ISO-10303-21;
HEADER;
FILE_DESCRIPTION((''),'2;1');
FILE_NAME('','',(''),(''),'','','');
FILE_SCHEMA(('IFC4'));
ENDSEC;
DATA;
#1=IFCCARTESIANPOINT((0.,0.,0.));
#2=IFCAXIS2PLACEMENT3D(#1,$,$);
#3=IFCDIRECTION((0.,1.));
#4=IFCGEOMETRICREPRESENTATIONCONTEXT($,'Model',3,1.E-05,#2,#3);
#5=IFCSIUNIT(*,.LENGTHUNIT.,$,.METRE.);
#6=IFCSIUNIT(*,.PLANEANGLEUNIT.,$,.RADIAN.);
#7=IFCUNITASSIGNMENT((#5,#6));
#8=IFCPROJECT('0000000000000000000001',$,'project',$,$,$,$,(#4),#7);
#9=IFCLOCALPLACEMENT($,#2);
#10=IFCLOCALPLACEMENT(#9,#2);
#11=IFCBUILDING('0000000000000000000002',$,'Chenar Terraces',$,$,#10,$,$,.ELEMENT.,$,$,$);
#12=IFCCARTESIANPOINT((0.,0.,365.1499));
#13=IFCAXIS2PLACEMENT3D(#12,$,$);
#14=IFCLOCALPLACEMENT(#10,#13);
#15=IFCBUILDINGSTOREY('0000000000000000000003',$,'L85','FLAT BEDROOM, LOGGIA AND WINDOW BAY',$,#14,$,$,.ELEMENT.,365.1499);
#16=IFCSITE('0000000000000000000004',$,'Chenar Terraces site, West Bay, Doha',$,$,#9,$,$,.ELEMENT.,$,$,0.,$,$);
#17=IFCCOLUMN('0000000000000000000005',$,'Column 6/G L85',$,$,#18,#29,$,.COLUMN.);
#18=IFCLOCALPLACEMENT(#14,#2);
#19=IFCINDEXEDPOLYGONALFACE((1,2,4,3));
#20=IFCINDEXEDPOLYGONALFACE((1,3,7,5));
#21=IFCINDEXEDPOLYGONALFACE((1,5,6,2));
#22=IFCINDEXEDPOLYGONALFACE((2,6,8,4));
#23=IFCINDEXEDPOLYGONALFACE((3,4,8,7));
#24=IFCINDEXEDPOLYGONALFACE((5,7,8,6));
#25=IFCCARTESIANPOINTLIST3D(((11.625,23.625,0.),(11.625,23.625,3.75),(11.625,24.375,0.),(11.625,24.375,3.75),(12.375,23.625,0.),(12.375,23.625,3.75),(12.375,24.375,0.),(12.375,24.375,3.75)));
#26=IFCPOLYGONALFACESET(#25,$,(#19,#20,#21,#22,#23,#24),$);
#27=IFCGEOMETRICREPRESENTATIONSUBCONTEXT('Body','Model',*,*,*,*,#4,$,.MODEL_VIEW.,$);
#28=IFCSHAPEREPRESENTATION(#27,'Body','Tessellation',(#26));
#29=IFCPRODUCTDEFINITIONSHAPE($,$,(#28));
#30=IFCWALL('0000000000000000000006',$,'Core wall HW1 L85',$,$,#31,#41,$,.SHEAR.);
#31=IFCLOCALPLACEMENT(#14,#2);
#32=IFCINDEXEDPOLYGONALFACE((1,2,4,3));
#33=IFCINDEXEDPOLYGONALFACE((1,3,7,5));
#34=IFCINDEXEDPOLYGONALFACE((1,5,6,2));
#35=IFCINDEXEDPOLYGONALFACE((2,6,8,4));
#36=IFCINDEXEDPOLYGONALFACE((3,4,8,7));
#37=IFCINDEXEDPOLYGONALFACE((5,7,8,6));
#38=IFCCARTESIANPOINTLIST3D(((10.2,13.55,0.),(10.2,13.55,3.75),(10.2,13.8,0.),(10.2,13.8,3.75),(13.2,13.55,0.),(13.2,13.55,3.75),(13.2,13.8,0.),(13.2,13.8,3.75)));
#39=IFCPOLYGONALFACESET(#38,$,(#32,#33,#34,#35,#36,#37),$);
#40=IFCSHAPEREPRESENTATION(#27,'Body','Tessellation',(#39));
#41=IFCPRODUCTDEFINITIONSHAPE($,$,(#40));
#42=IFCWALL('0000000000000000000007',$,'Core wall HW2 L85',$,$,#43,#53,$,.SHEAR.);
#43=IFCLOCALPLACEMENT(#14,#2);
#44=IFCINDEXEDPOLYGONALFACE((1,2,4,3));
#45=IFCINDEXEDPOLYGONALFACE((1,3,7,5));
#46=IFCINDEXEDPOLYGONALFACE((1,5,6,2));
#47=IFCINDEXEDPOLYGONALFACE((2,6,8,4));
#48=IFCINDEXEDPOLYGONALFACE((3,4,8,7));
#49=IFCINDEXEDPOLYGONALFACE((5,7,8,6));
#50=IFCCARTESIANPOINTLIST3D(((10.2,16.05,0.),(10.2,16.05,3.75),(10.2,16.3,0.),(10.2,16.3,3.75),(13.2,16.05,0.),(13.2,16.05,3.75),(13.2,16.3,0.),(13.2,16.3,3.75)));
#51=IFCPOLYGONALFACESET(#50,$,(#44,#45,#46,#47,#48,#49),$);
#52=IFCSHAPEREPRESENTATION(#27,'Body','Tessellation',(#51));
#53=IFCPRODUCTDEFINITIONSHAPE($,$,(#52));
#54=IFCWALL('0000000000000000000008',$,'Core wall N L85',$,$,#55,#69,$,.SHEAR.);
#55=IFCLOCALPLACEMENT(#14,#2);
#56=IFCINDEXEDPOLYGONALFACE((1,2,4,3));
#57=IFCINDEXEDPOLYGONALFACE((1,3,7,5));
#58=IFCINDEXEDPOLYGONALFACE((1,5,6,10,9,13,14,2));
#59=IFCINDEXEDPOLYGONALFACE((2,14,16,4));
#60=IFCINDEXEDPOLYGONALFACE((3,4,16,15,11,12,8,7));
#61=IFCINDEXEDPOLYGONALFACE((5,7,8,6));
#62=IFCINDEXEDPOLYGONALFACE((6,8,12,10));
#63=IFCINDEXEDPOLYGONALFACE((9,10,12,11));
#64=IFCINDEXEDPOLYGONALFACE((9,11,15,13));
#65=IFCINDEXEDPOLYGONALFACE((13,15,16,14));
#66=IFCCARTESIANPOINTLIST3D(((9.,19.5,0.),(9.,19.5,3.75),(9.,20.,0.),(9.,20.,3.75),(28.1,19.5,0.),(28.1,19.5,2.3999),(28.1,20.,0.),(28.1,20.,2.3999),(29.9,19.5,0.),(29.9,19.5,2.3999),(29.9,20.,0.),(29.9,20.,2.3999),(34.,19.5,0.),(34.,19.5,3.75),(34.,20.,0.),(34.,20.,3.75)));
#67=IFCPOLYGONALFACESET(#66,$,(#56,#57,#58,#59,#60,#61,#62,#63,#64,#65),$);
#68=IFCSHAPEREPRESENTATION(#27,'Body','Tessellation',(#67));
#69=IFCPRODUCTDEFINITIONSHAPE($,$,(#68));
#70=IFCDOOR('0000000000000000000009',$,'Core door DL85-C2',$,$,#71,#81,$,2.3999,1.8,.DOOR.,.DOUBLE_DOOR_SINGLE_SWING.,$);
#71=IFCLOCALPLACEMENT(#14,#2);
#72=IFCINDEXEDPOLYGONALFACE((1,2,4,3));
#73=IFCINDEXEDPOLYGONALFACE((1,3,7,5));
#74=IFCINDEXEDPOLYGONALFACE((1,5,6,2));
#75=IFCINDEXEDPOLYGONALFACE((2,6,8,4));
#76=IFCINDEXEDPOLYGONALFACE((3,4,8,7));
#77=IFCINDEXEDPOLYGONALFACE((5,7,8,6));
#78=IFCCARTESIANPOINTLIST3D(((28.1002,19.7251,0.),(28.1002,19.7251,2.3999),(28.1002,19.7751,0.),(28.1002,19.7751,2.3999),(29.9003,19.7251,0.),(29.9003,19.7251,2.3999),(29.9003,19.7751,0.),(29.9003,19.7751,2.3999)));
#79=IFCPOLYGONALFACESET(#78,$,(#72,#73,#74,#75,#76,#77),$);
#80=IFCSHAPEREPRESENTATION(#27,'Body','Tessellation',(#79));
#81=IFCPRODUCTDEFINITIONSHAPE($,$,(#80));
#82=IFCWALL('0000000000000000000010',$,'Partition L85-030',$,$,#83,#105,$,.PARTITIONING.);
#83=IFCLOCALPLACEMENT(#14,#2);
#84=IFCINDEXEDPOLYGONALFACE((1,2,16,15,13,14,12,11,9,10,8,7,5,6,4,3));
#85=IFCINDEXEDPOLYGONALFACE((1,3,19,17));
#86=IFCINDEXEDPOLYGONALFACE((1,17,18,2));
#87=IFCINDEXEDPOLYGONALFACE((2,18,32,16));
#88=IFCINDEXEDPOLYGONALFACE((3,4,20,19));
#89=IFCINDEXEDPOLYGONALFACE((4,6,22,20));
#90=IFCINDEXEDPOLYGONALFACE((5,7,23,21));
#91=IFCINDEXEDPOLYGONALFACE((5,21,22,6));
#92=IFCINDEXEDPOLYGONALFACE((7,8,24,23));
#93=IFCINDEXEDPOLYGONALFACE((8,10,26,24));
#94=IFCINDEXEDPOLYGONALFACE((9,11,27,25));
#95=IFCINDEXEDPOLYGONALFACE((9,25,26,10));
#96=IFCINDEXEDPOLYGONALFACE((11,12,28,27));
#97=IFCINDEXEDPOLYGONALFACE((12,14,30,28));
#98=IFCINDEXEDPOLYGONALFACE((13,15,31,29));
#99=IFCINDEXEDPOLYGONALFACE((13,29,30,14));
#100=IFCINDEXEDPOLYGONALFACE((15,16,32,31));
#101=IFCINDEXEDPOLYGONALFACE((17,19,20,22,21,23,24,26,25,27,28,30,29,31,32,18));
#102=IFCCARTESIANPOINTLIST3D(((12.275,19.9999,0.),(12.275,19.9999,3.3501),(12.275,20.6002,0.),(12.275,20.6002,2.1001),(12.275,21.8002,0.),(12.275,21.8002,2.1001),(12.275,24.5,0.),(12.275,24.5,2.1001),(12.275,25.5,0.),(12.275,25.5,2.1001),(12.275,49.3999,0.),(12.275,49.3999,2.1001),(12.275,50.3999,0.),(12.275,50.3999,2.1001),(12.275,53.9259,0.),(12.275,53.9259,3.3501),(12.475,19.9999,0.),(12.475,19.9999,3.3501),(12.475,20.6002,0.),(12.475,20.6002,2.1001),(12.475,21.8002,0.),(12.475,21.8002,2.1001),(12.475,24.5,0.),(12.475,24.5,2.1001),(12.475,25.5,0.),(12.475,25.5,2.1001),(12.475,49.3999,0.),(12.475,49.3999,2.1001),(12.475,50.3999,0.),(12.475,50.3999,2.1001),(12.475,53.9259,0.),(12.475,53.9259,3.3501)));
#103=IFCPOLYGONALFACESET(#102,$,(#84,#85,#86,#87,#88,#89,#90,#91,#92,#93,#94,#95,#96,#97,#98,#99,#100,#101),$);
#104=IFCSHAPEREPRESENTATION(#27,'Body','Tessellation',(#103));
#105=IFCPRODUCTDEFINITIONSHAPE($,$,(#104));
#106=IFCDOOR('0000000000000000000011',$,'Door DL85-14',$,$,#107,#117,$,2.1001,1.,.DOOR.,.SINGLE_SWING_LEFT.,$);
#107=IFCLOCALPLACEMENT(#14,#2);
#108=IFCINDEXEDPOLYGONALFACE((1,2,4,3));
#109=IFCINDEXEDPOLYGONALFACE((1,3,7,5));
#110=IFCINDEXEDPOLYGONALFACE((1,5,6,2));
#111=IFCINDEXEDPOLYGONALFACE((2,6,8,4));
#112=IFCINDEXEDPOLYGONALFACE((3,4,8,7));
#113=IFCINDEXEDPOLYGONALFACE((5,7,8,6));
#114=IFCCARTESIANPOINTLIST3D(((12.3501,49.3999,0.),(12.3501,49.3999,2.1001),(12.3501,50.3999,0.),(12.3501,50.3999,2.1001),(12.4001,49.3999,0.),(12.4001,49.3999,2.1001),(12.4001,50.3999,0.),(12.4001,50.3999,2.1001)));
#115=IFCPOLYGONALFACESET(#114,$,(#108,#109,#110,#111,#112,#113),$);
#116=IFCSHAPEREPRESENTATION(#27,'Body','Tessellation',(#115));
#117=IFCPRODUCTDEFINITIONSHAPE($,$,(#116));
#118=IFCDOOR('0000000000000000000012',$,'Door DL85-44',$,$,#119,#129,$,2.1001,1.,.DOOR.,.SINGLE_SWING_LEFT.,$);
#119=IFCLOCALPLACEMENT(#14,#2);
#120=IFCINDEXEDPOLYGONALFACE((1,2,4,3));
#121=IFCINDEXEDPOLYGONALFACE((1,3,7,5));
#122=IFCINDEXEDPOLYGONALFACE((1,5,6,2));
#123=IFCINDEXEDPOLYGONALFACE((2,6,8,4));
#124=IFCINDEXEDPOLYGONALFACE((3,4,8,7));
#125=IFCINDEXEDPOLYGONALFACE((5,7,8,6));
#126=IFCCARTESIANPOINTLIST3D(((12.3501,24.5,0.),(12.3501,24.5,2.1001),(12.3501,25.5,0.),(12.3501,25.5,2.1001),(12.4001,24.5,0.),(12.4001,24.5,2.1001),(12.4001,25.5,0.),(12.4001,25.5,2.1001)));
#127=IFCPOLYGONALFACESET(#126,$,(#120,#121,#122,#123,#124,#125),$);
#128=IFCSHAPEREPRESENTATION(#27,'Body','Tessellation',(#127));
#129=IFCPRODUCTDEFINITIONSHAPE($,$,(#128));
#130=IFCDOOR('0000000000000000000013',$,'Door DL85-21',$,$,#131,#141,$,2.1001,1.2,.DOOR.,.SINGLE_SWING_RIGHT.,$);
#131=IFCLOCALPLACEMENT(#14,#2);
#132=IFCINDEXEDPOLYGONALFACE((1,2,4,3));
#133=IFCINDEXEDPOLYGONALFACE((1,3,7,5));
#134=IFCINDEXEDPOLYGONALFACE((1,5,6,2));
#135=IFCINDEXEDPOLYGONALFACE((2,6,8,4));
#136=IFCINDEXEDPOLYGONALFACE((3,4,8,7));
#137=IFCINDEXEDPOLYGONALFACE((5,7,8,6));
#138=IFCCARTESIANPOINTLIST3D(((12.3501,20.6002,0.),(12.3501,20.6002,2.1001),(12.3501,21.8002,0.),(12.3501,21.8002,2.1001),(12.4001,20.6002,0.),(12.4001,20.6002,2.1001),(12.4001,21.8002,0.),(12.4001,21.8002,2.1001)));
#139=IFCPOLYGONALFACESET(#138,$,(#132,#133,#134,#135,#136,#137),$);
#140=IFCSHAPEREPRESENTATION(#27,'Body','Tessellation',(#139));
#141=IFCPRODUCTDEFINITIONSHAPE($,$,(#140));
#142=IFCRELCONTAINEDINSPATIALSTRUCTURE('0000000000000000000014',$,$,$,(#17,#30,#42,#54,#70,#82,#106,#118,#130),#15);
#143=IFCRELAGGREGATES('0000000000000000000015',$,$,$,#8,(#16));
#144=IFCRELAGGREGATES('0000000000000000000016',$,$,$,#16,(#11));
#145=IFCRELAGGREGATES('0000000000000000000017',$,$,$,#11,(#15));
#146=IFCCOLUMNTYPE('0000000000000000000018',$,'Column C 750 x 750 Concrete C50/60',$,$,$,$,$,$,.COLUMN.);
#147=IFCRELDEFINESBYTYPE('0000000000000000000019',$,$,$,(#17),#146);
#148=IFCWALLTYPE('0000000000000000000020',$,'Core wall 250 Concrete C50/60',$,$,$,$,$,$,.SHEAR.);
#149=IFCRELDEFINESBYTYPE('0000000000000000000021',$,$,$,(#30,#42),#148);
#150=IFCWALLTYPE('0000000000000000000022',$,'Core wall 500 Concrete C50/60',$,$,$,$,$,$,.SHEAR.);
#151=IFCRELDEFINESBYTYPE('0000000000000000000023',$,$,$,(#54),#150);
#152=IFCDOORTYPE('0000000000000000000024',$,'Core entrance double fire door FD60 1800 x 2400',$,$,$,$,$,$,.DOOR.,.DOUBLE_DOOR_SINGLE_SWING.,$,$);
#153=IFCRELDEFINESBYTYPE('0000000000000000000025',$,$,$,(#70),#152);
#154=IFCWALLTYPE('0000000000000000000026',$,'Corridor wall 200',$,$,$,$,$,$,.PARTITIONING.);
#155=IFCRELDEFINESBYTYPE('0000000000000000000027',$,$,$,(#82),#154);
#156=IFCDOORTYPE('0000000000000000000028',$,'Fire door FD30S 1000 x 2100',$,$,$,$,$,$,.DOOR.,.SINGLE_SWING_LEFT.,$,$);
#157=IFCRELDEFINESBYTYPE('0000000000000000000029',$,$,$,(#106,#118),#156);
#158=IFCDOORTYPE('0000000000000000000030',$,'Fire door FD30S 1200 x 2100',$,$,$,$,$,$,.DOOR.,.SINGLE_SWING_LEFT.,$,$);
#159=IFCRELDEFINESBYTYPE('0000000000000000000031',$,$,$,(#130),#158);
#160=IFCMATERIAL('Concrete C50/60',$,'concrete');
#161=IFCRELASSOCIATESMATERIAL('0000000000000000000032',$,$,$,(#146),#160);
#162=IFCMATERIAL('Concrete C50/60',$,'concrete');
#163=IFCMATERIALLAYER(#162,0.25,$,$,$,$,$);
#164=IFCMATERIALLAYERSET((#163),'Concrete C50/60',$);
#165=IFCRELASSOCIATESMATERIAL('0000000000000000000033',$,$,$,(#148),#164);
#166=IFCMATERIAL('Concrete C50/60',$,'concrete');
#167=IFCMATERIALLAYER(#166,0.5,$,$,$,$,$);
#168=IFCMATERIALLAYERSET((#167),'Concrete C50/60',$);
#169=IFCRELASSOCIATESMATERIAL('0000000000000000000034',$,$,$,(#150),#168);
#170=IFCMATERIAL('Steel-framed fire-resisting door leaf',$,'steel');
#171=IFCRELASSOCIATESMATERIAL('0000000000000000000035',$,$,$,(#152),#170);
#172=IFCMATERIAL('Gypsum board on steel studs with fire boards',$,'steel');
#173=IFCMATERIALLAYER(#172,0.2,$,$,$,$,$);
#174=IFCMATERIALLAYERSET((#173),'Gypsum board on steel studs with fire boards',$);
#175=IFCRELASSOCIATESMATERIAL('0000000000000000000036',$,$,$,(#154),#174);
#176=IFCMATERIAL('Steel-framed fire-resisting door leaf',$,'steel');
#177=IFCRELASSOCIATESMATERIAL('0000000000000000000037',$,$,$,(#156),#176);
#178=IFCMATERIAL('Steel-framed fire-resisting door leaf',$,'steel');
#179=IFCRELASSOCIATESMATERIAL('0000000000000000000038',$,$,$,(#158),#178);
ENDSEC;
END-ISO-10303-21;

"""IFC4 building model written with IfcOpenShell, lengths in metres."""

from ifc_helpers import new_model, si_unit, direction, frame, frame_2d, origin, origin_2d, place, context, subcontext, project, spatial, rectangle, extrude, material, layer, layer_set, material_profile, profile_set, type_object, element, fill, save


model = new_model("IFC4")

# Units and contexts
model_context = context("Model", 3, precision=1e-05, world=origin(), true_north=direction((0.0, 1.0)))
body_context = subcontext(model_context, "Body", "Model", "MODEL_VIEW")
ifc_project = project(units=[si_unit("LENGTHUNIT", "METRE"), si_unit("PLANEANGLEUNIT", "RADIAN")], contexts=[model_context])

# Site, building, storey
site_placement = place(None, origin())
site = spatial("IfcSite", under=ifc_project, at=site_placement, Name="Chenar Terraces site, West Bay, Doha", CompositionType="ELEMENT", RefElevation=0.0)
building_placement = place(site_placement, origin())
building = spatial("IfcBuilding", under=site, at=building_placement, Name="Chenar Terraces", CompositionType="ELEMENT")
storey_placement = place(building_placement, frame((0.0, 0.0, 365.1499)))
storey = spatial("IfcBuildingStorey", under=building, at=storey_placement, Name="L85", Description="FLAT BEDROOM, LOGGIA AND WINDOW BAY", CompositionType="ELEMENT", Elevation=365.1499)

# Column
ifc_material_1 = material(Name="Concrete C50/60", Category="concrete")
ifc_material_profile = material_profile(ifc_material_1, rectangle(XDim=0.75, YDim=0.75, at=origin_2d()), Name="C 750 x 750")
ifc_profile_set = profile_set([ifc_material_profile], Name="Concrete C50/60")
column_type = type_object("IfcColumnType", Name="Column C 750 x 750 Concrete C50/60", PredefinedType="COLUMN", material=ifc_profile_set)
column_placement = place(storey_placement, frame((12.0, 24.0, 0.0), z_axis=(0.0, 0.0, 1.0), x_axis=(1.0, 0.0, 0.0)))
element("IfcColumn", 1, at=column_placement, inside=storey, type_object=column_type, Name="Column 6/G L85", PredefinedType="COLUMN", context=body_context, shape_type="SweptSolid", body=[
    extrude(rectangle(XDim=0.75, YDim=0.75, at=origin_2d()), origin(), (0.0, 0.0, 1.0), 3.75),
])

# Walls
ifc_material_2 = material(Name="Concrete C50/60", Category="concrete")
ifc_layer_1 = layer(ifc_material_2, 0.25)
ifc_layer_set_1 = layer_set([ifc_layer_1], Name="Concrete C50/60")
wall_type_1 = type_object("IfcWallType", Name="Core wall 250 Concrete C50/60", PredefinedType="SHEAR", material=ifc_layer_set_1)
for number, where, z_axis, x_axis, name in (
    (2, (10.2, 13.675, 0.0), (0.0, 0.0, 1.0), (1.0, 0.0, 0.0), "Core wall HW1 L85"),
    (3, (10.2, 16.175, 0.0), (0.0, 0.0, 1.0), (1.0, 0.0, 0.0), "Core wall HW2 L85"),
):
    element("IfcWall", number, at=place(storey_placement, frame(where, z_axis=z_axis, x_axis=x_axis)), inside=storey, type_object=wall_type_1, Name=name, PredefinedType="SHEAR", context=body_context, shape_type="SweptSolid", body=[
        extrude(rectangle(XDim=3.0, YDim=0.25, at=frame_2d((1.5, 0.0))), origin(), (0.0, 0.0, 1.0), 3.75),
    ])

# Wall, opening, door
ifc_material_3 = material(Name="Concrete C50/60", Category="concrete")
ifc_layer_2 = layer(ifc_material_3, 0.5)
ifc_layer_set_2 = layer_set([ifc_layer_2], Name="Concrete C50/60")
wall_type_2 = type_object("IfcWallType", Name="Core wall 500 Concrete C50/60", PredefinedType="SHEAR", material=ifc_layer_set_2)
wall_1_placement = place(storey_placement, frame((9.0, 19.75, 0.0), z_axis=(0.0, 0.0, 1.0), x_axis=(1.0, 0.0, 0.0)))
wall_1 = element("IfcWall", 4, at=wall_1_placement, inside=storey, type_object=wall_type_2, Name="Core wall N L85", PredefinedType="SHEAR", context=body_context, shape_type="SweptSolid", body=[
    extrude(rectangle(XDim=25.0, YDim=0.5, at=frame_2d((12.5, 0.0))), origin(), (0.0, 0.0, 1.0), 3.75),
])
opening_1_placement = place(wall_1_placement, frame((19.1001, 0.0, 0.0)))
opening_1 = element("IfcOpeningElement", 5, at=opening_1_placement, cuts=wall_1, PredefinedType="OPENING", context=body_context, shape_type="SweptSolid", body=[
    extrude(rectangle(XDim=1.8, YDim=2.3999, at=frame_2d((0.8999, 1.2))), frame((0.0, 0.26, 0.0), z_axis=(0.0, -1.0, 0.0), x_axis=(1.0, 0.0, 0.0)), (0.0, 0.0, 1.0), 0.52),
])
ifc_material_4 = material(Name="Steel-framed fire-resisting door leaf", Category="steel")
door_type_1 = type_object("IfcDoorType", Name="Core entrance double fire door FD60 1800 x 2400", OperationType="DOUBLE_DOOR_SINGLE_SWING", PredefinedType="DOOR", material=ifc_material_4)
door_1_placement = place(opening_1_placement, frame((1.8, 0.0, 0.0), z_axis=(0.0, 0.0, 1.0), x_axis=(-1.0, 0.0, 0.0)))
door_1 = element("IfcDoor", 6, at=door_1_placement, inside=storey, type_object=door_type_1, Name="Core door DL85-C2", OperationType="DOUBLE_DOOR_SINGLE_SWING", OverallHeight=2.3999, OverallWidth=1.8, PredefinedType="DOOR", context=body_context, shape_type="SweptSolid", body=[
    extrude(rectangle(XDim=1.8, YDim=2.3999, at=frame_2d((0.8999, 1.2))), frame((0.0, 0.0249, 0.0), z_axis=(0.0, -1.0, 0.0), x_axis=(1.0, 0.0, 0.0)), (0.0, 0.0, 1.0), 0.05),
])
fill(opening_1, door_1)

# Wall, openings, doors
ifc_material_5 = material(Name="Gypsum board on steel studs with fire boards", Category="steel")
ifc_layer_3 = layer(ifc_material_5, 0.2)
ifc_layer_set_3 = layer_set([ifc_layer_3], Name="Gypsum board on steel studs with fire boards")
wall_type_3 = type_object("IfcWallType", Name="Corridor wall 200", PredefinedType="PARTITIONING", material=ifc_layer_set_3)
wall_2_placement = place(storey_placement, frame((12.375, 20.0, 0.0), z_axis=(0.0, 0.0, 1.0), x_axis=(0.0, 1.0, 0.0)))
wall_2 = element("IfcWall", 7, at=wall_2_placement, inside=storey, type_object=wall_type_3, Name="Partition L85-030", PredefinedType="PARTITIONING", context=body_context, shape_type="SweptSolid", body=[
    extrude(rectangle(XDim=33.926, YDim=0.2, at=frame_2d((16.9629, 0.0))), origin(), (0.0, 0.0, 1.0), 3.3501),
])
opening_2_placement = place(wall_2_placement, frame((29.3999, 0.0, 0.0)))
opening_2 = element("IfcOpeningElement", 8, at=opening_2_placement, cuts=wall_2, PredefinedType="OPENING", context=body_context, shape_type="SweptSolid", body=[
    extrude(rectangle(XDim=1.0, YDim=2.1001, at=frame_2d((0.5, 1.05))), frame((0.0, 0.1099, 0.0), z_axis=(0.0, -1.0, 0.0), x_axis=(1.0, 0.0, 0.0)), (0.0, 0.0, 1.0), 0.22),
])
opening_3_placement = place(wall_2_placement, frame((0.6001, 0.0, 0.0)))
opening_3 = element("IfcOpeningElement", 9, at=opening_3_placement, cuts=wall_2, PredefinedType="OPENING", context=body_context, shape_type="SweptSolid", body=[
    extrude(rectangle(XDim=1.2, YDim=2.1001, at=frame_2d((0.6001, 1.05))), frame((0.0, 0.1099, 0.0), z_axis=(0.0, -1.0, 0.0), x_axis=(1.0, 0.0, 0.0)), (0.0, 0.0, 1.0), 0.22),
])
opening_4_placement = place(wall_2_placement, frame((4.5, 0.0, 0.0)))
opening_4 = element("IfcOpeningElement", 10, at=opening_4_placement, cuts=wall_2, PredefinedType="OPENING", context=body_context, shape_type="SweptSolid", body=[
    extrude(rectangle(XDim=1.0, YDim=2.1001, at=frame_2d((0.5, 1.05))), frame((0.0, 0.1099, 0.0), z_axis=(0.0, -1.0, 0.0), x_axis=(1.0, 0.0, 0.0)), (0.0, 0.0, 1.0), 0.22),
])
ifc_material_6 = material(Name="Steel-framed fire-resisting door leaf", Category="steel")
door_type_2 = type_object("IfcDoorType", Name="Fire door FD30S 1000 x 2100", OperationType="SINGLE_SWING_LEFT", PredefinedType="DOOR", material=ifc_material_6)
door_2_placement = place(opening_2_placement, origin())
door_2 = element("IfcDoor", 11, at=door_2_placement, inside=storey, type_object=door_type_2, Name="Door DL85-14", OperationType="SINGLE_SWING_LEFT", OverallHeight=2.1001, OverallWidth=1.0, PredefinedType="DOOR", context=body_context, shape_type="SweptSolid", body=[
    extrude(rectangle(XDim=1.0, YDim=2.1001, at=frame_2d((0.5, 1.05))), frame((0.0, 0.0249, 0.0), z_axis=(0.0, -1.0, 0.0), x_axis=(1.0, 0.0, 0.0)), (0.0, 0.0, 1.0), 0.05),
])
fill(opening_2, door_2)
door_3_placement = place(opening_4_placement, origin())
door_3 = element("IfcDoor", 12, at=door_3_placement, inside=storey, type_object=door_type_2, Name="Door DL85-44", OperationType="SINGLE_SWING_LEFT", OverallHeight=2.1001, OverallWidth=1.0, PredefinedType="DOOR", context=body_context, shape_type="SweptSolid", body=[
    extrude(rectangle(XDim=1.0, YDim=2.1001, at=frame_2d((0.5, 1.05))), frame((0.0, 0.0249, 0.0), z_axis=(0.0, -1.0, 0.0), x_axis=(1.0, 0.0, 0.0)), (0.0, 0.0, 1.0), 0.05),
])
fill(opening_4, door_3)
ifc_material_7 = material(Name="Steel-framed fire-resisting door leaf", Category="steel")
door_type_3 = type_object("IfcDoorType", Name="Fire door FD30S 1200 x 2100", OperationType="SINGLE_SWING_LEFT", PredefinedType="DOOR", material=ifc_material_7)
door_4_placement = place(opening_3_placement, origin())
door_4 = element("IfcDoor", 13, at=door_4_placement, inside=storey, type_object=door_type_3, Name="Door DL85-21", OperationType="SINGLE_SWING_RIGHT", OverallHeight=2.1001, OverallWidth=1.2, PredefinedType="DOOR", context=body_context, shape_type="SweptSolid", body=[
    extrude(rectangle(XDim=1.2, YDim=2.1001, at=frame_2d((0.6001, 1.05))), frame((0.0, 0.0249, 0.0), z_axis=(0.0, -1.0, 0.0), x_axis=(1.0, 0.0, 0.0)), (0.0, 0.0, 1.0), 0.05),
])
fill(opening_3, door_4)

save(model, "model.ifc")
